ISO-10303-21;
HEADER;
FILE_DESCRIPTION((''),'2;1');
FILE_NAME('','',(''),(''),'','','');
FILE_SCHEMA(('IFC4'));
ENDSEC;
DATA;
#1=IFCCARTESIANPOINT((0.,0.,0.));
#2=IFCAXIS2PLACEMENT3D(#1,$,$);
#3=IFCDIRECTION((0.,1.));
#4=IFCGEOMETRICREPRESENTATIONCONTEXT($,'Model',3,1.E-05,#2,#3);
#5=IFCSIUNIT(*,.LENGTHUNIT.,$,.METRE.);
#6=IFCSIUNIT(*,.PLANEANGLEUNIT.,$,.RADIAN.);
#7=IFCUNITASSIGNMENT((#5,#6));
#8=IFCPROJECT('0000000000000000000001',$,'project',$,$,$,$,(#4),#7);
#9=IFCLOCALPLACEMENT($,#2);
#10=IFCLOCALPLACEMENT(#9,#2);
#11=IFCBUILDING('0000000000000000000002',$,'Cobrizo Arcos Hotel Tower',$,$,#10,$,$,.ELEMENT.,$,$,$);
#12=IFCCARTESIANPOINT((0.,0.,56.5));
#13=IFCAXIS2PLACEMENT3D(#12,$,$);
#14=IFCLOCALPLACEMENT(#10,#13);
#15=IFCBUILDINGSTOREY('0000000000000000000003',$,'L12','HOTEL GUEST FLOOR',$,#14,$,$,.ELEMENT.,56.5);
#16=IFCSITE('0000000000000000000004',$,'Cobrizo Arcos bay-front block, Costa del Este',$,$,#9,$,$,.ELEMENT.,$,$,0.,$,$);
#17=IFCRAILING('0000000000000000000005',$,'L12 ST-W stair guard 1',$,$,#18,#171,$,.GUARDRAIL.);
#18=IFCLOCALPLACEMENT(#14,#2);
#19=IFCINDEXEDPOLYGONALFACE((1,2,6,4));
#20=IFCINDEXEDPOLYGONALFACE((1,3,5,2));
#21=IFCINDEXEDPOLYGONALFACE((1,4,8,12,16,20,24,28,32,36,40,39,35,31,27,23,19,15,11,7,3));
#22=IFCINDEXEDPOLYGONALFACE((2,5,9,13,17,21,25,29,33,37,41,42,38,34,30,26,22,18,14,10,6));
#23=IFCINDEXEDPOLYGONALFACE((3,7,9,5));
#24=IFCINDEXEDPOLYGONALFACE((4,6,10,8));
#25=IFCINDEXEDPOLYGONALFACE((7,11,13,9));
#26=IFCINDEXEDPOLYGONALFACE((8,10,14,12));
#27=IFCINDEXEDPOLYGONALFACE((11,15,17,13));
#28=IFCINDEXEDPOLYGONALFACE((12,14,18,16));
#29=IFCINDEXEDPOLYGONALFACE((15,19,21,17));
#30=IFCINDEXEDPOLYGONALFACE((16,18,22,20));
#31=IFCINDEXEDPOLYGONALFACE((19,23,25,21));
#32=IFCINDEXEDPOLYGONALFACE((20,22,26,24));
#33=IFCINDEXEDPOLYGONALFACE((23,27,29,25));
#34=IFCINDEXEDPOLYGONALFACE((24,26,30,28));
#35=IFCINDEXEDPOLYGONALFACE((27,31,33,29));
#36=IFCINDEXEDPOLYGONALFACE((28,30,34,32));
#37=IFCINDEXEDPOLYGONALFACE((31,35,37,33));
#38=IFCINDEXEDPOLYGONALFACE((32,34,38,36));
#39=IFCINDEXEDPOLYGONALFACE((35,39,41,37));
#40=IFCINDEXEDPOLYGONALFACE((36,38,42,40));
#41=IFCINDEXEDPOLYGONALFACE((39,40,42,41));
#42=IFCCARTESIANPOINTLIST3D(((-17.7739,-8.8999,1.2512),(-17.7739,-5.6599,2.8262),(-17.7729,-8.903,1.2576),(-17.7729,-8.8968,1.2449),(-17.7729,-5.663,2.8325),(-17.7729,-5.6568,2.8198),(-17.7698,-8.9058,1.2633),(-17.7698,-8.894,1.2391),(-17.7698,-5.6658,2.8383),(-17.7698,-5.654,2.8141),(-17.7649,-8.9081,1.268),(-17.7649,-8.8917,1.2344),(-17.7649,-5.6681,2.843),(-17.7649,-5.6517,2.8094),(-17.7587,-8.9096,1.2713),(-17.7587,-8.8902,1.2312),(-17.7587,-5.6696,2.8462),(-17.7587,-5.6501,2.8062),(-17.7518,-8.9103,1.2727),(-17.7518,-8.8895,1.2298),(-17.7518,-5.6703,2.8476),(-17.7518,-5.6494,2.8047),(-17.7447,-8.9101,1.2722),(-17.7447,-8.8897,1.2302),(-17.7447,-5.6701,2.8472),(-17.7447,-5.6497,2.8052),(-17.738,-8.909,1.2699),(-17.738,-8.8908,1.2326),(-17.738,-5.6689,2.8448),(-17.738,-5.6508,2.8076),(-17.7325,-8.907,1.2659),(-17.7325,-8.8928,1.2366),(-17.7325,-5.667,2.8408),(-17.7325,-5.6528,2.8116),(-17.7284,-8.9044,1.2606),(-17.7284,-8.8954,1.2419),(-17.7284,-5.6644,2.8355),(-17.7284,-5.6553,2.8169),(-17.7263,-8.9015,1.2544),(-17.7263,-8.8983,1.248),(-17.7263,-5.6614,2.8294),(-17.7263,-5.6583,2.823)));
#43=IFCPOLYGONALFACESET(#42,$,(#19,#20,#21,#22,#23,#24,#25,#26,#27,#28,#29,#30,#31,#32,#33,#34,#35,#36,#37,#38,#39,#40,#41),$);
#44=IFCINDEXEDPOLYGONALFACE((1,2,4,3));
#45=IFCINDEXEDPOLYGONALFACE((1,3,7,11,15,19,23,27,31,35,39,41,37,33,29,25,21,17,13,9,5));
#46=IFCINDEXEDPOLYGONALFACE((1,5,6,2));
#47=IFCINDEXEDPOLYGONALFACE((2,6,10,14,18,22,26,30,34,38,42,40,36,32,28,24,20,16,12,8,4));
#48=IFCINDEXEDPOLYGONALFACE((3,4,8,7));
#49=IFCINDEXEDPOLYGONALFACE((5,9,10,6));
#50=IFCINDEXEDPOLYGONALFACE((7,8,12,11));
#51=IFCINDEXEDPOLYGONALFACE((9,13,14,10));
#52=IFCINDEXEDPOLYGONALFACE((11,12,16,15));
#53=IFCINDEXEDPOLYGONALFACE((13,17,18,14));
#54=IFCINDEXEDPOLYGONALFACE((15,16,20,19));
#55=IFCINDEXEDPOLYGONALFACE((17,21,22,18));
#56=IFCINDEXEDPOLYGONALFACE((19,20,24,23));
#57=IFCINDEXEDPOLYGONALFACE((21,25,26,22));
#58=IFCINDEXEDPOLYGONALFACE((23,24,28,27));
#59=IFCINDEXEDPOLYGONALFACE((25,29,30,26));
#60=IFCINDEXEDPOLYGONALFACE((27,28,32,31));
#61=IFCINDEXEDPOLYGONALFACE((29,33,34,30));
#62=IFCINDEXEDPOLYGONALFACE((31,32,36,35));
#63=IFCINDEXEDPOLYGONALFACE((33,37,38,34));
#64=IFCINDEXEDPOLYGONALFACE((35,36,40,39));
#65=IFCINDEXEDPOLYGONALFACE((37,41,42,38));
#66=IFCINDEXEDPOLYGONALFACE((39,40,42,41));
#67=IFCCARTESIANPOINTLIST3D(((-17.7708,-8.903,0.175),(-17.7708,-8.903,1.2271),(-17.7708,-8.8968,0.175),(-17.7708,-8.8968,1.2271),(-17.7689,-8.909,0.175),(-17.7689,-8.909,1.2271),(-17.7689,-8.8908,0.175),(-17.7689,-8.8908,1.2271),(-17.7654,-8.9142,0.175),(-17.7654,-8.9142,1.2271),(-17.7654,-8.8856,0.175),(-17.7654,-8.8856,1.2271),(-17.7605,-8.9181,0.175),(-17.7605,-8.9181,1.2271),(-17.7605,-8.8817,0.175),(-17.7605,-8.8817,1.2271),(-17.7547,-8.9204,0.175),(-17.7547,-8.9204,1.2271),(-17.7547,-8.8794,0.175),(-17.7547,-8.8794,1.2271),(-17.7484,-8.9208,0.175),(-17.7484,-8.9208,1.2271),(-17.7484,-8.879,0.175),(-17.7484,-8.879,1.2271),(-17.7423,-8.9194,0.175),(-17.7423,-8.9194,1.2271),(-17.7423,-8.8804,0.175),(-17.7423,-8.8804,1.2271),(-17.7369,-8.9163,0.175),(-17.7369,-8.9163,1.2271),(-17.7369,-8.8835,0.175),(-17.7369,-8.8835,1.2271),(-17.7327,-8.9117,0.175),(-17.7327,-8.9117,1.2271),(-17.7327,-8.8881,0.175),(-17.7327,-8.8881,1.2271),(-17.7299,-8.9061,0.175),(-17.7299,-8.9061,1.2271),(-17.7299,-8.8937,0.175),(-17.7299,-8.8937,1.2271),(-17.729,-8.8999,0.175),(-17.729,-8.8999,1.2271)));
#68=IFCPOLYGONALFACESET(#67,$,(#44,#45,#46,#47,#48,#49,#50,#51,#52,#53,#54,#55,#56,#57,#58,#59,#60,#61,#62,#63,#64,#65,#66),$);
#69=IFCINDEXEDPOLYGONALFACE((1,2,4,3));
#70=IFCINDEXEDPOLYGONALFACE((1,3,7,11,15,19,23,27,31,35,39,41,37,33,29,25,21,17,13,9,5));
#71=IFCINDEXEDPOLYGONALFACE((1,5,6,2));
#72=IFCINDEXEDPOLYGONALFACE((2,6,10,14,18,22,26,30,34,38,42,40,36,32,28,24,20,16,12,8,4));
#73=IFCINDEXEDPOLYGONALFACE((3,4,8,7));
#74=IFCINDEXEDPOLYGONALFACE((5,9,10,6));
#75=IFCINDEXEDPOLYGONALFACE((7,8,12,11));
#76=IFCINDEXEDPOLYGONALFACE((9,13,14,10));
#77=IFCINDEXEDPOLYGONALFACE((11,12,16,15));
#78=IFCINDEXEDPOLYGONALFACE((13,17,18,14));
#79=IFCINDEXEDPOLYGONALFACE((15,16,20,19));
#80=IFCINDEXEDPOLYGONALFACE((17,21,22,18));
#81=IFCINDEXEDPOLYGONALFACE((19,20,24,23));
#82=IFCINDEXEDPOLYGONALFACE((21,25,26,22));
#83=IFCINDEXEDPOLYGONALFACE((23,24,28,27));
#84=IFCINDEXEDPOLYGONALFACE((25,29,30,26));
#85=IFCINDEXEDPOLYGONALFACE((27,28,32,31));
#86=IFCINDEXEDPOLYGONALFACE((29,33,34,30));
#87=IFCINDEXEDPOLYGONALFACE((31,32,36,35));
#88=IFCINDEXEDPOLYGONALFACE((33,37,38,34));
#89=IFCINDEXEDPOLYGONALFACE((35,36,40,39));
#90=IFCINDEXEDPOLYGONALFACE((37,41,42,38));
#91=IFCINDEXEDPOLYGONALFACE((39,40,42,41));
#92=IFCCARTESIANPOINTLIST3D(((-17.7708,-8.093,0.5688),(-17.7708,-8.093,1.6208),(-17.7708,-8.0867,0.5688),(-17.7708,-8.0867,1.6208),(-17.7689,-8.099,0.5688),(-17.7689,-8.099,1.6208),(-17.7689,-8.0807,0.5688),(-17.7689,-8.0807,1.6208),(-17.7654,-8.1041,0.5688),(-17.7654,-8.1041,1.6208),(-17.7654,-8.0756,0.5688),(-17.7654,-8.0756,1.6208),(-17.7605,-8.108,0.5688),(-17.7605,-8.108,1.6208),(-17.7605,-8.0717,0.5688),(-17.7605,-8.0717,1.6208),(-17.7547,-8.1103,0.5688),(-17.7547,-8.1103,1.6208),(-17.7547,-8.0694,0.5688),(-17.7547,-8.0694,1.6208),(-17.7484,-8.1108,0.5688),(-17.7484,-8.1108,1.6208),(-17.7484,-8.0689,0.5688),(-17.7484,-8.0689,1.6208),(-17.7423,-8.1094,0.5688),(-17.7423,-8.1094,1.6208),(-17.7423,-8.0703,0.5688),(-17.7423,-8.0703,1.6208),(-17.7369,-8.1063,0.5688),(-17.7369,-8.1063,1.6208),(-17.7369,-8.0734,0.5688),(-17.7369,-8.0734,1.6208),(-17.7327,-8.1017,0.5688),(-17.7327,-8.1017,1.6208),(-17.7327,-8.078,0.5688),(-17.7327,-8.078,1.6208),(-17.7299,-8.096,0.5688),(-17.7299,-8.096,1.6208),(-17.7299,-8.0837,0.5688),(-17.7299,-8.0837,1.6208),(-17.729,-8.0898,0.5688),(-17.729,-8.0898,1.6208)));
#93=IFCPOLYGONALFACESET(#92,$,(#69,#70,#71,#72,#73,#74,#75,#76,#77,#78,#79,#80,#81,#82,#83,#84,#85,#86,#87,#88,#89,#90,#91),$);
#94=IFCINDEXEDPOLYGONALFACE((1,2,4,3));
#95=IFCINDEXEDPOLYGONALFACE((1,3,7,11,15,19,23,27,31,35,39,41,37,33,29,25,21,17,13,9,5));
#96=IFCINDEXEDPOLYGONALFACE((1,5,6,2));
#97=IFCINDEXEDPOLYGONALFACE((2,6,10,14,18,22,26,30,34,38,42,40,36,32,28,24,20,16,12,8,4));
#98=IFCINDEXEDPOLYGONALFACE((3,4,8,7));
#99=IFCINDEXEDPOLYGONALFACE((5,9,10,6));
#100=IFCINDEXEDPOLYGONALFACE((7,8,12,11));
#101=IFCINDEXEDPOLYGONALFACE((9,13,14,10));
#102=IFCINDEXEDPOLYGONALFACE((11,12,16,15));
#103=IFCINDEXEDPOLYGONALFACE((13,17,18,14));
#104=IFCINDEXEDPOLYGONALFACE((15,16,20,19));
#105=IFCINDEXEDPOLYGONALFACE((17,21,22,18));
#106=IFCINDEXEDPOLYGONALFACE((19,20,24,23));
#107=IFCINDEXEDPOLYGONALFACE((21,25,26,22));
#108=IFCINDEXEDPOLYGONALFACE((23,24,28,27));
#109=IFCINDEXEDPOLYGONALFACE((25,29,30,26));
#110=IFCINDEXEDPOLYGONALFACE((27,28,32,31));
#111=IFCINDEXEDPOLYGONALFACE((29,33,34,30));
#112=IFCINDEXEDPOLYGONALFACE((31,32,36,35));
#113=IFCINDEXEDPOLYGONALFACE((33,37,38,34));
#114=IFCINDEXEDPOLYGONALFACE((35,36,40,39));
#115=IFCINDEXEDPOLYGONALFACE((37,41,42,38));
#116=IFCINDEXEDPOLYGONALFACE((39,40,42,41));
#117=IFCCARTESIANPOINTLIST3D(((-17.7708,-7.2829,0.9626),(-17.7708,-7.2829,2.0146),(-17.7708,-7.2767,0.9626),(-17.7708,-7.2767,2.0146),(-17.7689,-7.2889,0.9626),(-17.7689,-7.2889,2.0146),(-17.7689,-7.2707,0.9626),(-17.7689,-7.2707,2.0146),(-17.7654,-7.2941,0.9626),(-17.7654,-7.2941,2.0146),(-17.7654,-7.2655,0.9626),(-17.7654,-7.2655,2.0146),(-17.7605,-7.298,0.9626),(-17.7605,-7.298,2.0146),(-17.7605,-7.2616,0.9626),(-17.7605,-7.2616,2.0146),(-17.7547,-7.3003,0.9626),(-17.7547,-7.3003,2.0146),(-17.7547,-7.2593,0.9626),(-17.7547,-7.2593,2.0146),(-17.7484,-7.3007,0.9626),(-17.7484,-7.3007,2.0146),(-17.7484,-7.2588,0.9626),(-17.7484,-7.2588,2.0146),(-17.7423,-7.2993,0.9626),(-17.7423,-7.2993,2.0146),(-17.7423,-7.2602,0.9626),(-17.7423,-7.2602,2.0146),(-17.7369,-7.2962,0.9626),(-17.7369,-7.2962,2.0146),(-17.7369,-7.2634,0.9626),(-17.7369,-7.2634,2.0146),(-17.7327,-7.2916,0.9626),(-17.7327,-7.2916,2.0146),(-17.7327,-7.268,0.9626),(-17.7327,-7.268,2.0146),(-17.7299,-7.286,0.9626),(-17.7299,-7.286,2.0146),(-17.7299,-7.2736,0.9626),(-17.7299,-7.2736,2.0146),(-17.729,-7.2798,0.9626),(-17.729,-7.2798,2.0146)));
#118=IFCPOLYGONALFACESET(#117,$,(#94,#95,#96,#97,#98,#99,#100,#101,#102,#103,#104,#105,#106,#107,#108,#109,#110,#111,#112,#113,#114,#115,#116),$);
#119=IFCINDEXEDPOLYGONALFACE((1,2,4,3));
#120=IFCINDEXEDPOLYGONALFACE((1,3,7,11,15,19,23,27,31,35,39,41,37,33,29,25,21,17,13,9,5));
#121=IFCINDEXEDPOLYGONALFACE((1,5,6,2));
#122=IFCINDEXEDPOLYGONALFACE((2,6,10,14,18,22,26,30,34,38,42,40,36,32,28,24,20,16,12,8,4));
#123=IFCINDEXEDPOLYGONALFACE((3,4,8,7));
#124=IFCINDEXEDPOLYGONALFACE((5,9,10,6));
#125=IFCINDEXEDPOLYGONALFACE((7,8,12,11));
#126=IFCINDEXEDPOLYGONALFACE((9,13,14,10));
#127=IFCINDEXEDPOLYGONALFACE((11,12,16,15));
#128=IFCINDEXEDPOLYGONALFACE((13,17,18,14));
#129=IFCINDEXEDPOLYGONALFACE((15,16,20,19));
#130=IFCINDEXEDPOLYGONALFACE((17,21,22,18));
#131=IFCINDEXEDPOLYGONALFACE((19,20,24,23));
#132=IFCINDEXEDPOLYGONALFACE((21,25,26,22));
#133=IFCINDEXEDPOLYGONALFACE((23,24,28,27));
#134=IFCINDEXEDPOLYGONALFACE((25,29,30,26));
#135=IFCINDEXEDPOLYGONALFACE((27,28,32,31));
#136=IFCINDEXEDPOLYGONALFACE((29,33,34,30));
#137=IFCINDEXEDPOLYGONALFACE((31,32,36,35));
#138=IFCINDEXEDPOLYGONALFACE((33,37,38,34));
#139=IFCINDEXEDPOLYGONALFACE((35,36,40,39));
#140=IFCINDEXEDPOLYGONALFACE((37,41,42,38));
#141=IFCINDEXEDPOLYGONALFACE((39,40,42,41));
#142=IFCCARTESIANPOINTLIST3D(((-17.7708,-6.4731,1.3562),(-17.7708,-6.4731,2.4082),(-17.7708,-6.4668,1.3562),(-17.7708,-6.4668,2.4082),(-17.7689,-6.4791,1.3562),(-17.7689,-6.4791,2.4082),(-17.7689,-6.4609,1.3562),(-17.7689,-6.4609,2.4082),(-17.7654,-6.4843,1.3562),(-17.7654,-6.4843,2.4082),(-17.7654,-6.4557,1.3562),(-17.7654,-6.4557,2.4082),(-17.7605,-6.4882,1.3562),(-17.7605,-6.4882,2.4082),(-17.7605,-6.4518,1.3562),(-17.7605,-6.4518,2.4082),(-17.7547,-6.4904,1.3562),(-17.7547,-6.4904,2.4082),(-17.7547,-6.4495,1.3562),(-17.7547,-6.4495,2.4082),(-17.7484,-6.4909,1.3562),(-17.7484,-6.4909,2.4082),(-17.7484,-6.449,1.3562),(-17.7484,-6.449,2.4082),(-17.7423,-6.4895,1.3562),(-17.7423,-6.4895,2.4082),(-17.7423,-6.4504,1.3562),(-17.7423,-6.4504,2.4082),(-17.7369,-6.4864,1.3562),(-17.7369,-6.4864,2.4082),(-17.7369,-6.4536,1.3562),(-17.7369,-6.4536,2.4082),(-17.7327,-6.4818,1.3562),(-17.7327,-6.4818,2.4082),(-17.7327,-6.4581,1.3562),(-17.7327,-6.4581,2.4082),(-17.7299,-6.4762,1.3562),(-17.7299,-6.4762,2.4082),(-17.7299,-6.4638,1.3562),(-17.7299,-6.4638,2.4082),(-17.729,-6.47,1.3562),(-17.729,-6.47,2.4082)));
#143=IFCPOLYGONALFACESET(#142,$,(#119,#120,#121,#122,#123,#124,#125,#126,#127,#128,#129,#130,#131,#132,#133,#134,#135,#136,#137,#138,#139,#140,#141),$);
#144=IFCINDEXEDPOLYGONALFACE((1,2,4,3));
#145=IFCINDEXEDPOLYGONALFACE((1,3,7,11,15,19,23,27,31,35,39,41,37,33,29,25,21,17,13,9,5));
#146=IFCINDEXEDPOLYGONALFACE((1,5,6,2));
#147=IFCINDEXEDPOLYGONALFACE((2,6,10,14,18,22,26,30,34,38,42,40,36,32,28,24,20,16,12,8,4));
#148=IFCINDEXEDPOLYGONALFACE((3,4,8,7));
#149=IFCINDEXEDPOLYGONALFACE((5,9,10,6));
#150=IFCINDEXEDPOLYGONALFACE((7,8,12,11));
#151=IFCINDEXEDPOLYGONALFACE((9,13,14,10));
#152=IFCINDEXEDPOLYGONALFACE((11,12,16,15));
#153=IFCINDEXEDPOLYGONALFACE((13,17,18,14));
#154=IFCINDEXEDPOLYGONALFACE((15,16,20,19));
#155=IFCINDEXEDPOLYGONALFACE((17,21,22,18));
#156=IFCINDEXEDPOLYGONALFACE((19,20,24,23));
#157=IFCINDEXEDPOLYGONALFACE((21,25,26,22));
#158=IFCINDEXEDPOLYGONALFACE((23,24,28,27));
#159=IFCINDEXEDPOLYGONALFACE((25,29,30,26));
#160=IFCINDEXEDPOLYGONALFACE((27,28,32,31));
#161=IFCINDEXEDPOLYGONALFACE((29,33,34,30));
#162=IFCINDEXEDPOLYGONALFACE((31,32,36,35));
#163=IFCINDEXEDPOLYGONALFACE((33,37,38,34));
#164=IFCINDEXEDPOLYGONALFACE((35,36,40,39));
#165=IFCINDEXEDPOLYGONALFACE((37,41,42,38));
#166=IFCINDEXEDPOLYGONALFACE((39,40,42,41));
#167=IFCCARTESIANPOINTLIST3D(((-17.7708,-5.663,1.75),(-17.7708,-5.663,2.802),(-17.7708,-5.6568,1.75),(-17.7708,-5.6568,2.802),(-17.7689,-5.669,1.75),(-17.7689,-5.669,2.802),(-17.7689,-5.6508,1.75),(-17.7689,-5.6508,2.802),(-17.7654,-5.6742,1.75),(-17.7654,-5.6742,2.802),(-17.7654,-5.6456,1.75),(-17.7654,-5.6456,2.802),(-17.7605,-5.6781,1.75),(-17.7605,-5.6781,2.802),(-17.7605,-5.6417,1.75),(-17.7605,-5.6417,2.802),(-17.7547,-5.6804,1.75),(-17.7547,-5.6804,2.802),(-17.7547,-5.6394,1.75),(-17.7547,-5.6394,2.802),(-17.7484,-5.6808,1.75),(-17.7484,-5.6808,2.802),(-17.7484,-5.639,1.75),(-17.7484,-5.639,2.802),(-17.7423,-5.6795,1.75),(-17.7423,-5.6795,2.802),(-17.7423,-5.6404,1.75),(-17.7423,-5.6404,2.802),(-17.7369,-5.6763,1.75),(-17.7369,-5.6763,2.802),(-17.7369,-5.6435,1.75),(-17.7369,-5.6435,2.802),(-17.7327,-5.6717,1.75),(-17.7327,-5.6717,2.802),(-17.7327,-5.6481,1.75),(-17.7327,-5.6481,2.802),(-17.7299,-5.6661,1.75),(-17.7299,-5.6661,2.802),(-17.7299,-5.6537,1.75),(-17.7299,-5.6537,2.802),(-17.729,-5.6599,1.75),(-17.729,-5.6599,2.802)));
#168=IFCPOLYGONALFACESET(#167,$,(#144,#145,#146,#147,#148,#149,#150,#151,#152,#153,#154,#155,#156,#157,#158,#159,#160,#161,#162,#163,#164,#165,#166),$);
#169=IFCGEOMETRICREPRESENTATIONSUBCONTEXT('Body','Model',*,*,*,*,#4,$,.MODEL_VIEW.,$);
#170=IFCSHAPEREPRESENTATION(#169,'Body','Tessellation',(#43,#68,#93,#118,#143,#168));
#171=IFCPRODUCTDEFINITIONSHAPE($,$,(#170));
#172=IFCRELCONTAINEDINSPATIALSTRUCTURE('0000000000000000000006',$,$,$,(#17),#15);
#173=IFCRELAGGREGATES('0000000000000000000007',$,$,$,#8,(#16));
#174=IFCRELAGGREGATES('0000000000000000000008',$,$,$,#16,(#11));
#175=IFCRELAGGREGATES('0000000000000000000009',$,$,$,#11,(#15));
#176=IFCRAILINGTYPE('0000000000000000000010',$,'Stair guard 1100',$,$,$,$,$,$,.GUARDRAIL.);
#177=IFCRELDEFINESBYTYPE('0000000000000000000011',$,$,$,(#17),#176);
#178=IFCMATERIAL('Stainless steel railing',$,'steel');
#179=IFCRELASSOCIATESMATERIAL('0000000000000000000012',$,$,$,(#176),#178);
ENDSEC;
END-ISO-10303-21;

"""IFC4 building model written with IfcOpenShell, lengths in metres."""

from ifc_helpers import new_model, si_unit, direction, frame, origin, origin_2d, place, context, subcontext, project, spatial, circle, extrude, material, type_object, element, save


model = new_model("IFC4")

# Units and contexts
model_context = context("Model", 3, precision=1e-05, world=origin(), true_north=direction((0.0, 1.0)))
body_context = subcontext(model_context, "Body", "Model", "MODEL_VIEW")
ifc_project = project(units=[si_unit("LENGTHUNIT", "METRE"), si_unit("PLANEANGLEUNIT", "RADIAN")], contexts=[model_context])

# Site, building, storey
site_placement = place(None, origin())
site = spatial("IfcSite", under=ifc_project, at=site_placement, Name="Cobrizo Arcos bay-front block, Costa del Este", CompositionType="ELEMENT", RefElevation=0.0)
building_placement = place(site_placement, origin())
building = spatial("IfcBuilding", under=site, at=building_placement, Name="Cobrizo Arcos Hotel Tower", CompositionType="ELEMENT")
storey_placement = place(building_placement, frame((0.0, 0.0, 56.5)))
storey = spatial("IfcBuildingStorey", under=building, at=storey_placement, Name="L12", Description="HOTEL GUEST FLOOR", CompositionType="ELEMENT", Elevation=56.5)

# Railing
ifc_material_1 = material(Name="Stainless steel railing", Category="steel")
railing_type_1 = type_object("IfcRailingType", Name="Stair guard 1100", PredefinedType="GUARDRAIL", material=ifc_material_1)
railing_1_placement = place(storey_placement, frame((-17.75, -8.8999, 0.175)))
element("IfcRailing", 1, at=railing_1_placement, inside=storey, type_object=railing_type_1, Name="L12 ST-W stair guard 1", PredefinedType="GUARDRAIL", context=body_context, shape_type="SweptSolid", body=[
    extrude(circle(Radius=0.0239, at=origin_2d()), frame((0.0, 0.0, 1.0762), z_axis=(0.0, 0.899373, 0.437183), x_axis=(-1.0, 0.0, 0.0)), (0.0, 0.0, 1.0), 3.6025),
    extrude(circle(Radius=0.021, at=origin_2d()), origin(), (0.0, 0.0, 1.0), 1.052),
    extrude(circle(Radius=0.021, at=origin_2d()), frame((0.0, 0.8101, 0.3938)), (0.0, 0.0, 1.0), 1.052),
    extrude(circle(Radius=0.021, at=origin_2d()), frame((0.0, 1.6201, 0.7876)), (0.0, 0.0, 1.0), 1.052),
    extrude(circle(Radius=0.021, at=origin_2d()), frame((0.0, 2.4299, 1.1812)), (0.0, 0.0, 1.0), 1.052),
    extrude(circle(Radius=0.021, at=origin_2d()), frame((0.0, 3.24, 1.575)), (0.0, 0.0, 1.0), 1.052),
])

save(model, "model.ifc")
